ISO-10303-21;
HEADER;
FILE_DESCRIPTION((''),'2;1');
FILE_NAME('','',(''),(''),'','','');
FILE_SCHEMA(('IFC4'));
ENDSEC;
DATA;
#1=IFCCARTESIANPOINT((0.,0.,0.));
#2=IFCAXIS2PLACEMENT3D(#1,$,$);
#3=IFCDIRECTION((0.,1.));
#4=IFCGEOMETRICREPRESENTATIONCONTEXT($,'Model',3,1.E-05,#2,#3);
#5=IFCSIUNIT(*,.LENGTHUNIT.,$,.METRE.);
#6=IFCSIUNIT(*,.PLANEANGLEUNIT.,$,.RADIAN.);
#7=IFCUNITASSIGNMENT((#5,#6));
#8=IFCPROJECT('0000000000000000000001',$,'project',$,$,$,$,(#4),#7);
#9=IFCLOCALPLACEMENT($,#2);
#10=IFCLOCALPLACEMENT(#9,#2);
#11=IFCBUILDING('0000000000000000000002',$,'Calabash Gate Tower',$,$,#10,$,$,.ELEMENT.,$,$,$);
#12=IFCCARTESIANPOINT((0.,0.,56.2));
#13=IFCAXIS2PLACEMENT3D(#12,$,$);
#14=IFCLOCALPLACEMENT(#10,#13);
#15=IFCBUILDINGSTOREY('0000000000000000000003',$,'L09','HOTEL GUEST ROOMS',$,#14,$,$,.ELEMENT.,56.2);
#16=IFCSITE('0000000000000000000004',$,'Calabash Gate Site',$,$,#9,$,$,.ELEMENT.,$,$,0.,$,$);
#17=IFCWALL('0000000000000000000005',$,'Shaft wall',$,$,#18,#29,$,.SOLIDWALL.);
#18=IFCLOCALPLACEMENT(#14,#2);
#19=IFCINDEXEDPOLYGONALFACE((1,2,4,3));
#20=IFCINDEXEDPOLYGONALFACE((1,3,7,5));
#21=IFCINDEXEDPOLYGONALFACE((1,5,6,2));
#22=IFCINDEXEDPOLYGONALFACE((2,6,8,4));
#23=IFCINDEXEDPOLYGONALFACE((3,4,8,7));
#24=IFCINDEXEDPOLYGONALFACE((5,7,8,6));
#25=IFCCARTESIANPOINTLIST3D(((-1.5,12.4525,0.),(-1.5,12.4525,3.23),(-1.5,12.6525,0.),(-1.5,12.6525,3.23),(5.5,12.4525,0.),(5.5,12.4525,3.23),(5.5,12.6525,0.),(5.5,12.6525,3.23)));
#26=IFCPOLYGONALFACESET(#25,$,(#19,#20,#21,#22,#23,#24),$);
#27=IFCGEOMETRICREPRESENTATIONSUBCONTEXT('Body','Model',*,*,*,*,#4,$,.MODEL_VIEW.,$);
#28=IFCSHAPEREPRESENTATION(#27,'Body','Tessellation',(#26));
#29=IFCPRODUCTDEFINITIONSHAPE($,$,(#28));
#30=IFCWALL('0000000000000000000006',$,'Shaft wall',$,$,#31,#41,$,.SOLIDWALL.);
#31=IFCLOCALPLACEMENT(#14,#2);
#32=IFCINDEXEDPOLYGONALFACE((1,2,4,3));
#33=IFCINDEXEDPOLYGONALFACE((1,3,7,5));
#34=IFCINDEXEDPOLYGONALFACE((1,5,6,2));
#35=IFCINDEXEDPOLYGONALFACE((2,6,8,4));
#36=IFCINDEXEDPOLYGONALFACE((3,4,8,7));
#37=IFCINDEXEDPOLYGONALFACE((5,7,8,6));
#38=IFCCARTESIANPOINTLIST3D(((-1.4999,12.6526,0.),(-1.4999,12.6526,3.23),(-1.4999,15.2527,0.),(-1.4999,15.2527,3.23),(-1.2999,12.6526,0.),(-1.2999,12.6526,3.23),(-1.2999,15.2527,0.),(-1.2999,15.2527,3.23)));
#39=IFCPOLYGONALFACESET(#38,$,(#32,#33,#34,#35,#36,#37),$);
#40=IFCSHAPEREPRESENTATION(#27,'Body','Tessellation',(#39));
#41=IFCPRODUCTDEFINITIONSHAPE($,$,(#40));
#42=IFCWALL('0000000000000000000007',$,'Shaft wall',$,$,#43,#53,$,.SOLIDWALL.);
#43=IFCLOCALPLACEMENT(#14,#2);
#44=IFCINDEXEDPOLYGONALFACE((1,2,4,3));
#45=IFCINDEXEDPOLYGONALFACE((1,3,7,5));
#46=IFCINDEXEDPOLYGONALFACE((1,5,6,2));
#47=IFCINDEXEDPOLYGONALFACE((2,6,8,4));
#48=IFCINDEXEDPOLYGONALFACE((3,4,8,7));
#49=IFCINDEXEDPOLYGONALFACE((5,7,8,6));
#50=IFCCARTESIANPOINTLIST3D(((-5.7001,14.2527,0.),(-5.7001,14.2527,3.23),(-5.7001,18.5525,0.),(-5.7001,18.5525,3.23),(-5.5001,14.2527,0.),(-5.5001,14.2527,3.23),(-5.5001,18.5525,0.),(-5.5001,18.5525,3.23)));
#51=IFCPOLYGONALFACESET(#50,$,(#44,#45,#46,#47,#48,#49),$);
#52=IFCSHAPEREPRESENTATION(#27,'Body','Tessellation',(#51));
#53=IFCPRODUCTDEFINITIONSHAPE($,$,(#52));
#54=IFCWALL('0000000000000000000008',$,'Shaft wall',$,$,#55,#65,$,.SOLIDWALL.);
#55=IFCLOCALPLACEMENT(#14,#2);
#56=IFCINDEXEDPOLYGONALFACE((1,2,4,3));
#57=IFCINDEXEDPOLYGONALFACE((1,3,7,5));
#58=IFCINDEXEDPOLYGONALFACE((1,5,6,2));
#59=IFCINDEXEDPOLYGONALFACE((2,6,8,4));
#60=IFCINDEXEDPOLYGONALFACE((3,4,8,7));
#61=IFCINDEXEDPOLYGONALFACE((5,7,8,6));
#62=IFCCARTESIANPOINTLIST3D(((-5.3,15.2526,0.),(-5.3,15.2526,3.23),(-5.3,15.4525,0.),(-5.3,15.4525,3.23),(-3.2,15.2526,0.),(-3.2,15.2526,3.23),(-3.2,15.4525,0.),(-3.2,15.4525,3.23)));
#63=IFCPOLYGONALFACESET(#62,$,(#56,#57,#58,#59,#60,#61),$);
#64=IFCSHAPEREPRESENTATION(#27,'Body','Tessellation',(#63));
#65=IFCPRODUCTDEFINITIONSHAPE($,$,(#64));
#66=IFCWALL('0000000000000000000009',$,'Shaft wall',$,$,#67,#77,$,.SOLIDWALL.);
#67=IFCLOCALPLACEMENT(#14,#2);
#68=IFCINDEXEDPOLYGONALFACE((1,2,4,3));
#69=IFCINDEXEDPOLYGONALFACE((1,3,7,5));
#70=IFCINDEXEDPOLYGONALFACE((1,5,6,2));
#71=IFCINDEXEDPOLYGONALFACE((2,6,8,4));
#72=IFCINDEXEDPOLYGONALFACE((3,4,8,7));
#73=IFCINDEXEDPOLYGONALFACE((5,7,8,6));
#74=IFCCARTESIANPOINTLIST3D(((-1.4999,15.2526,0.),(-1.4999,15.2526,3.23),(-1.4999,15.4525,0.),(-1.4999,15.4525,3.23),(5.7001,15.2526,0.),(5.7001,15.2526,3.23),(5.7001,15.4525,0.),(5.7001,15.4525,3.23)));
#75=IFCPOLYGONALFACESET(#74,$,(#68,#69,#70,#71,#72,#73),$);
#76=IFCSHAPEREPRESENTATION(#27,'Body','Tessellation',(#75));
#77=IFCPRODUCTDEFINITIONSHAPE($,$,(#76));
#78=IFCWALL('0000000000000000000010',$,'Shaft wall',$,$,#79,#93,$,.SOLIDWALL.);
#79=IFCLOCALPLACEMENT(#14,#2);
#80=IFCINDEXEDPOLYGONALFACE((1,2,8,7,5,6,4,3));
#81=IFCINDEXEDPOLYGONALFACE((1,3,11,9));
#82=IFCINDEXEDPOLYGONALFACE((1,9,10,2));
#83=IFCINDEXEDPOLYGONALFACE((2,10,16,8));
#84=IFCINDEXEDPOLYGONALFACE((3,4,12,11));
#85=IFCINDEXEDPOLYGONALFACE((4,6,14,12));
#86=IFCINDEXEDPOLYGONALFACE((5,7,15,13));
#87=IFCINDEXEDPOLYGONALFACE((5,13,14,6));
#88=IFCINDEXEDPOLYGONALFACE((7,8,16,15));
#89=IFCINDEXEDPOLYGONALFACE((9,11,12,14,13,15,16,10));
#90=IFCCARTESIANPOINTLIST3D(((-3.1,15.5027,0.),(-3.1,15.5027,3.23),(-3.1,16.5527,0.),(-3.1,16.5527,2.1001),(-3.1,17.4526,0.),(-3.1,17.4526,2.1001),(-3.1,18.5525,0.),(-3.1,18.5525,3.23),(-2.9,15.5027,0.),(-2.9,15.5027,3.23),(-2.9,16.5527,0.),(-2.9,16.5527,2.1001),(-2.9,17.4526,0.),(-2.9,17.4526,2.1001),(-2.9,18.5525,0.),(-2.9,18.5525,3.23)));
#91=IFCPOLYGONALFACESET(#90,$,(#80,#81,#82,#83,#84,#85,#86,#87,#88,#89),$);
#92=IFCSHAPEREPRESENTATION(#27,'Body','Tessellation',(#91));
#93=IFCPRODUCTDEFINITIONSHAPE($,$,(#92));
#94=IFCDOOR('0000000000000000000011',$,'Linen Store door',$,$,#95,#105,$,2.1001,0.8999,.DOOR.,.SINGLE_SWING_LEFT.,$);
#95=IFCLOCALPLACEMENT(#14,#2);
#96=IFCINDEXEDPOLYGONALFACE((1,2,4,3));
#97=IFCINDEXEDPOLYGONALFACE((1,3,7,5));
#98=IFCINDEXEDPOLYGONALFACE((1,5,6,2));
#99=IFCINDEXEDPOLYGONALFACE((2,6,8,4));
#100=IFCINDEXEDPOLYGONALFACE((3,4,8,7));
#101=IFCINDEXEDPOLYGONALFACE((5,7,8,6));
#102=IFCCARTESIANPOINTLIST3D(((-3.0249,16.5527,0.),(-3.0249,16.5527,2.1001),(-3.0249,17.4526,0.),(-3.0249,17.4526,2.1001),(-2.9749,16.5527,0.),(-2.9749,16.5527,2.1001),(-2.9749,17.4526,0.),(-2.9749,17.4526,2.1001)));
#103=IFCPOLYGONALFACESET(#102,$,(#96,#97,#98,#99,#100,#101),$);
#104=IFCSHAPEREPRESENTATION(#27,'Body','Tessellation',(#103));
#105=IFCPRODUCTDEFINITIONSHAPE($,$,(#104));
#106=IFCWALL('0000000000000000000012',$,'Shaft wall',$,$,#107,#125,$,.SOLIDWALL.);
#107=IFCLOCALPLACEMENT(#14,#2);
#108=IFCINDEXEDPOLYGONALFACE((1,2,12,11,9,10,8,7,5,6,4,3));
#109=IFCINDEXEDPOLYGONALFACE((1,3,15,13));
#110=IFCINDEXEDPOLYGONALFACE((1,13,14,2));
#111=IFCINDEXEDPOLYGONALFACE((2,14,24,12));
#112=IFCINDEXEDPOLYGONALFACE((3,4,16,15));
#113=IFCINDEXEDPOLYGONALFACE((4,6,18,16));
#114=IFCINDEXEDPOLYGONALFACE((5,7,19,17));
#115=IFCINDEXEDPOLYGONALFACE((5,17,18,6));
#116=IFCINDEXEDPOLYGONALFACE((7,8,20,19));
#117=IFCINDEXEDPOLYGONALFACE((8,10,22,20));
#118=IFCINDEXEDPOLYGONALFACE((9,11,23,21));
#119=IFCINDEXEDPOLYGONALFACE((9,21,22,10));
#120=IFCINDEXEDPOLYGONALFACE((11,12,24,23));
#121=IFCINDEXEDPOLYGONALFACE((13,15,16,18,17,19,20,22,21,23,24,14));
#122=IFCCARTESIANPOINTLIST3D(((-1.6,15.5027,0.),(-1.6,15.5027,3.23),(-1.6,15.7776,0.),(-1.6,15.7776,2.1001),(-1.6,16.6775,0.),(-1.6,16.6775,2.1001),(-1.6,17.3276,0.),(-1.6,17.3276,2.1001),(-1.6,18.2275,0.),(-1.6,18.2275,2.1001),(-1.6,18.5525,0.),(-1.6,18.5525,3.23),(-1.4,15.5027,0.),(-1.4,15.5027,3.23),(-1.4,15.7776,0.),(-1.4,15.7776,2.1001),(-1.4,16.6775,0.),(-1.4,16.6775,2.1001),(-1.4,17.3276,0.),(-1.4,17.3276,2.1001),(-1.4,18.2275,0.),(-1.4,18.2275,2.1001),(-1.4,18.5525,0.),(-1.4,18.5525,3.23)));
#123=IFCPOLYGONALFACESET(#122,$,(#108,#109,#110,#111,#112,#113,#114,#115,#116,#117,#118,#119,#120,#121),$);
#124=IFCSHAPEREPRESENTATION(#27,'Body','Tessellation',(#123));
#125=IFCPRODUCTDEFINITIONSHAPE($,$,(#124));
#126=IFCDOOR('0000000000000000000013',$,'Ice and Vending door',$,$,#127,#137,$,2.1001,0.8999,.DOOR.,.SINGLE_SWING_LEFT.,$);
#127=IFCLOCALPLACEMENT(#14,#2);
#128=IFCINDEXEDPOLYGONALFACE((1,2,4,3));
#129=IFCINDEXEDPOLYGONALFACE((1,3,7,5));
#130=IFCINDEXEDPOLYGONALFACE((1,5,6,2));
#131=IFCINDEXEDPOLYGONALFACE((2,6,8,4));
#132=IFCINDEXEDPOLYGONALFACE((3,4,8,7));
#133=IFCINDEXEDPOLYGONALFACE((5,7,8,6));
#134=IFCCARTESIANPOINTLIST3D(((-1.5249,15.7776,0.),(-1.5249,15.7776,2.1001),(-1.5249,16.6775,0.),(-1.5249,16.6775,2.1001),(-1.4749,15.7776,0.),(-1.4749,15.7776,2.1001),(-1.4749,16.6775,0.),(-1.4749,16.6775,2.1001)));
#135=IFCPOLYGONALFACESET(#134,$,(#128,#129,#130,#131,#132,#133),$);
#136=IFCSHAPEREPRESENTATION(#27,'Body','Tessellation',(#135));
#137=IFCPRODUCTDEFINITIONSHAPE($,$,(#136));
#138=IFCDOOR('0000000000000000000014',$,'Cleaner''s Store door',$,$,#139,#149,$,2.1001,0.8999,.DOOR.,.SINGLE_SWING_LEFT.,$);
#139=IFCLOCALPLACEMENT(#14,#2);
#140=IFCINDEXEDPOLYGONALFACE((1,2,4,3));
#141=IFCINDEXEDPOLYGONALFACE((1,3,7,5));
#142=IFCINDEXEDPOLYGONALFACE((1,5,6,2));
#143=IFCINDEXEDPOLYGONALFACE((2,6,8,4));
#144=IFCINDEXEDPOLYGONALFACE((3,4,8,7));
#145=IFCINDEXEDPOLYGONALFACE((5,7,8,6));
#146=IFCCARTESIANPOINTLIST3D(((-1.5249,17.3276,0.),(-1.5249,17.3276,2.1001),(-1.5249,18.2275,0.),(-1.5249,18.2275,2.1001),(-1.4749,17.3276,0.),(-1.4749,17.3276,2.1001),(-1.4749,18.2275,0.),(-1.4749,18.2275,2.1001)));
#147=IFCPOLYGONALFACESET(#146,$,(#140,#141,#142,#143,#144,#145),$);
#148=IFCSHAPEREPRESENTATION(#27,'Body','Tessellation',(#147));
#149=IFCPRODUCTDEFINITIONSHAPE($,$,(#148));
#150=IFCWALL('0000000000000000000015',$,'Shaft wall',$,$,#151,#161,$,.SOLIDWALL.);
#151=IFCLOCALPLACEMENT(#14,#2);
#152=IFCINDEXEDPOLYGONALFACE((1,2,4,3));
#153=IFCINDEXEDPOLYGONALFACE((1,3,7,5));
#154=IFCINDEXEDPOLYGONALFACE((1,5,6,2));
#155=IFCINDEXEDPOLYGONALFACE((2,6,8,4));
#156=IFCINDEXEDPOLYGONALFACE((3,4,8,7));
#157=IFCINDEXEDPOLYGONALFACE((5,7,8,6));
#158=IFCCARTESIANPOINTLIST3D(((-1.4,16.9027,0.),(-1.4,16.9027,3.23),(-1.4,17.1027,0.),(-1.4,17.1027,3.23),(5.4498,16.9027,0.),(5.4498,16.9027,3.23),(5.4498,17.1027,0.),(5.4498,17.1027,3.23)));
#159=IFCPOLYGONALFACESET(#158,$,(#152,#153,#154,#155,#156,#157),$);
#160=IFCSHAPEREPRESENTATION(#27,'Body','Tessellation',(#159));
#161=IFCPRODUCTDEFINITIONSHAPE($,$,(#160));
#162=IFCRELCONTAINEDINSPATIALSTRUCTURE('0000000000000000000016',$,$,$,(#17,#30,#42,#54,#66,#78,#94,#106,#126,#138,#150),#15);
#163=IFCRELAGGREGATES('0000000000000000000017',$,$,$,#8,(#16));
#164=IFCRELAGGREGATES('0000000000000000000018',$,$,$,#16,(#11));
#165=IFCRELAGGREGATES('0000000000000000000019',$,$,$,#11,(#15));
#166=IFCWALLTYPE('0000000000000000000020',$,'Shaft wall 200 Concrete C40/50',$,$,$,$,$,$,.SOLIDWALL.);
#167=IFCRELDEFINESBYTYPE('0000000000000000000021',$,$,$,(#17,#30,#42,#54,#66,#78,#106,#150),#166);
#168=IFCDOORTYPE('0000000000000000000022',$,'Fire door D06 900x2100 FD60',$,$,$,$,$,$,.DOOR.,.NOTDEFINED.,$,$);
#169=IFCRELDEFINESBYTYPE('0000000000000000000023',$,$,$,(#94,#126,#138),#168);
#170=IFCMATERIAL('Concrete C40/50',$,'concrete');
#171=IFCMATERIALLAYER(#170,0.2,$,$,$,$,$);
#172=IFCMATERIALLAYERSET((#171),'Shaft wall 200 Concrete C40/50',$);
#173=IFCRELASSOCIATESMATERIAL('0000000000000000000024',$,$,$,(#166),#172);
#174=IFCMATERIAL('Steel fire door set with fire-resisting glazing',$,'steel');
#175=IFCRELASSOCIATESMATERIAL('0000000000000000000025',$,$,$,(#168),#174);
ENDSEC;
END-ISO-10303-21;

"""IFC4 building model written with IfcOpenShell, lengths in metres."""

from ifc_helpers import new_model, si_unit, direction, frame, frame_2d, origin, place, context, subcontext, project, spatial, rectangle, extrude, material, layer, layer_set, type_object, element, fill, save


model = new_model("IFC4")

# Units and contexts
model_context = context("Model", 3, precision=1e-05, world=origin(), true_north=direction((0.0, 1.0)))
body_context = subcontext(model_context, "Body", "Model", "MODEL_VIEW")
ifc_project = project(units=[si_unit("LENGTHUNIT", "METRE"), si_unit("PLANEANGLEUNIT", "RADIAN")], contexts=[model_context])

# Site, building, storey
site_placement = place(None, origin())
site = spatial("IfcSite", under=ifc_project, at=site_placement, Name="Calabash Gate Site", CompositionType="ELEMENT", RefElevation=0.0)
building_placement = place(site_placement, origin())
building = spatial("IfcBuilding", under=site, at=building_placement, Name="Calabash Gate Tower", CompositionType="ELEMENT")
storey_placement = place(building_placement, frame((0.0, 0.0, 56.2)))
storey = spatial("IfcBuildingStorey", under=building, at=storey_placement, Name="L09", Description="HOTEL GUEST ROOMS", CompositionType="ELEMENT", Elevation=56.2)

# Shared definitions
ifc_material_1 = material(Name="Concrete C40/50", Category="concrete")
ifc_layer_1 = layer(ifc_material_1, 0.2)
ifc_layer_set_1 = layer_set([ifc_layer_1], Name="Shaft wall 200 Concrete C40/50")
wall_type_1 = type_object("IfcWallType", Name="Shaft wall 200 Concrete C40/50", PredefinedType="SOLIDWALL", material=ifc_layer_set_1)

# Shared definitions
ifc_material_2 = material(Name="Steel fire door set with fire-resisting glazing", Category="steel")
door_type_1 = type_object("IfcDoorType", Name="Fire door D06 900x2100 FD60", OperationType="NOTDEFINED", PredefinedType="DOOR", material=ifc_material_2)

# Walls
wall_1_placement = place(storey_placement, frame((-1.5, 12.5525, 0.0), z_axis=(0.0, 0.0, 1.0), x_axis=(1.0, 0.0, 0.0)))
element("IfcWall", 1, at=wall_1_placement, inside=storey, type_object=wall_type_1, Name="Shaft wall", PredefinedType="SOLIDWALL", context=body_context, shape_type="SweptSolid", body=[
    extrude(rectangle(XDim=7.0, YDim=0.2, at=frame_2d((3.5, 0.0))), origin(), (0.0, 0.0, 1.0), 3.23),
])
wall_2_placement = place(storey_placement, frame((-1.3999, 12.6526, 0.0), z_axis=(0.0, 0.0, 1.0), x_axis=(0.0, 1.0, 0.0)))
element("IfcWall", 2, at=wall_2_placement, inside=storey, type_object=wall_type_1, Name="Shaft wall", PredefinedType="SOLIDWALL", context=body_context, shape_type="SweptSolid", body=[
    extrude(rectangle(XDim=2.6001, YDim=0.2, at=frame_2d((1.3, 0.0))), origin(), (0.0, 0.0, 1.0), 3.23),
])
wall_3_placement = place(storey_placement, frame((-5.6001, 14.2527, 0.0), z_axis=(0.0, 0.0, 1.0), x_axis=(0.0, 1.0, 0.0)))
element("IfcWall", 3, at=wall_3_placement, inside=storey, type_object=wall_type_1, Name="Shaft wall", PredefinedType="SOLIDWALL", context=body_context, shape_type="SweptSolid", body=[
    extrude(rectangle(XDim=4.2998, YDim=0.2, at=frame_2d((2.1499, 0.0))), origin(), (0.0, 0.0, 1.0), 3.23),
])
wall_4_placement = place(storey_placement, frame((-5.3, 15.3525, 0.0), z_axis=(0.0, 0.0, 1.0), x_axis=(1.0, 0.0, 0.0)))
element("IfcWall", 4, at=wall_4_placement, inside=storey, type_object=wall_type_1, Name="Shaft wall", PredefinedType="SOLIDWALL", context=body_context, shape_type="SweptSolid", body=[
    extrude(rectangle(XDim=2.1001, YDim=0.2, at=frame_2d((1.05, 0.0))), origin(), (0.0, 0.0, 1.0), 3.23),
])
wall_5_placement = place(storey_placement, frame((-1.5, 15.3525, 0.0), z_axis=(0.0, 0.0, 1.0), x_axis=(1.0, 0.0, 0.0)))
element("IfcWall", 5, at=wall_5_placement, inside=storey, type_object=wall_type_1, Name="Shaft wall", PredefinedType="SOLIDWALL", context=body_context, shape_type="SweptSolid", body=[
    extrude(rectangle(XDim=7.2, YDim=0.2, at=frame_2d((3.6001, 0.0))), origin(), (0.0, 0.0, 1.0), 3.23),
])

# Wall, opening, door
wall_6_placement = place(storey_placement, frame((-3.0, 15.5027, 0.0), z_axis=(0.0, 0.0, 1.0), x_axis=(0.0, 1.0, 0.0)))
wall_6 = element("IfcWall", 6, at=wall_6_placement, inside=storey, type_object=wall_type_1, Name="Shaft wall", PredefinedType="SOLIDWALL", context=body_context, shape_type="SweptSolid", body=[
    extrude(rectangle(XDim=3.0498, YDim=0.2, at=frame_2d((1.5249, 0.0))), origin(), (0.0, 0.0, 1.0), 3.23),
])
opening_1_placement = place(wall_6_placement, frame((1.05, 0.0, 0.0)))
opening_1 = element("IfcOpeningElement", 7, at=opening_1_placement, cuts=wall_6, PredefinedType="OPENING", context=body_context, shape_type="SweptSolid", body=[
    extrude(rectangle(XDim=0.8999, YDim=2.1001, at=frame_2d((0.45, 1.05))), frame((0.0, 0.1099, 0.0), z_axis=(0.0, -1.0, 0.0), x_axis=(1.0, 0.0, 0.0)), (0.0, 0.0, 1.0), 0.22),
])
door_1_placement = place(opening_1_placement, origin())
door_1 = element("IfcDoor", 8, at=door_1_placement, inside=storey, type_object=door_type_1, Name="Linen Store door", OperationType="SINGLE_SWING_LEFT", OverallHeight=2.1001, OverallWidth=0.8999, PredefinedType="DOOR", context=body_context, shape_type="SweptSolid", body=[
    extrude(rectangle(XDim=0.8999, YDim=2.1001, at=frame_2d((0.45, 1.05))), frame((0.0, 0.0249, 0.0), z_axis=(0.0, -1.0, 0.0), x_axis=(1.0, 0.0, 0.0)), (0.0, 0.0, 1.0), 0.05),
])
fill(opening_1, door_1)

# Wall, openings, doors
wall_7_placement = place(storey_placement, frame((-1.5, 15.5027, 0.0), z_axis=(0.0, 0.0, 1.0), x_axis=(0.0, 1.0, 0.0)))
wall_7 = element("IfcWall", 9, at=wall_7_placement, inside=storey, type_object=wall_type_1, Name="Shaft wall", PredefinedType="SOLIDWALL", context=body_context, shape_type="SweptSolid", body=[
    extrude(rectangle(XDim=3.0498, YDim=0.2, at=frame_2d((1.5249, 0.0))), origin(), (0.0, 0.0, 1.0), 3.23),
])
opening_2_placement = place(wall_7_placement, frame((0.2749, 0.0, 0.0)))
opening_2 = element("IfcOpeningElement", 10, at=opening_2_placement, cuts=wall_7, PredefinedType="OPENING", context=body_context, shape_type="SweptSolid", body=[
    extrude(rectangle(XDim=0.8999, YDim=2.1001, at=frame_2d((0.45, 1.05))), frame((0.0, 0.1099, 0.0), z_axis=(0.0, -1.0, 0.0), x_axis=(1.0, 0.0, 0.0)), (0.0, 0.0, 1.0), 0.22),
])
opening_3_placement = place(wall_7_placement, frame((1.825, 0.0, 0.0)))
opening_3 = element("IfcOpeningElement", 11, at=opening_3_placement, cuts=wall_7, PredefinedType="OPENING", context=body_context, shape_type="SweptSolid", body=[
    extrude(rectangle(XDim=0.8999, YDim=2.1001, at=frame_2d((0.45, 1.05))), frame((0.0, 0.1099, 0.0), z_axis=(0.0, -1.0, 0.0), x_axis=(1.0, 0.0, 0.0)), (0.0, 0.0, 1.0), 0.22),
])
door_2_placement = place(opening_2_placement, origin())
door_2 = element("IfcDoor", 12, at=door_2_placement, inside=storey, type_object=door_type_1, Name="Ice and Vending door", OperationType="SINGLE_SWING_LEFT", OverallHeight=2.1001, OverallWidth=0.8999, PredefinedType="DOOR", context=body_context, shape_type="SweptSolid", body=[
    extrude(rectangle(XDim=0.8999, YDim=2.1001, at=frame_2d((0.45, 1.05))), frame((0.0, 0.0249, 0.0), z_axis=(0.0, -1.0, 0.0), x_axis=(1.0, 0.0, 0.0)), (0.0, 0.0, 1.0), 0.05),
])
fill(opening_2, door_2)
door_3_placement = place(opening_3_placement, origin())
door_3 = element("IfcDoor", 13, at=door_3_placement, inside=storey, type_object=door_type_1, Name="Cleaner's Store door", OperationType="SINGLE_SWING_LEFT", OverallHeight=2.1001, OverallWidth=0.8999, PredefinedType="DOOR", context=body_context, shape_type="SweptSolid", body=[
    extrude(rectangle(XDim=0.8999, YDim=2.1001, at=frame_2d((0.45, 1.05))), frame((0.0, 0.0249, 0.0), z_axis=(0.0, -1.0, 0.0), x_axis=(1.0, 0.0, 0.0)), (0.0, 0.0, 1.0), 0.05),
])
fill(opening_3, door_3)

# Wall
wall_8_placement = place(storey_placement, frame((-1.3999, 17.0027, 0.0), z_axis=(0.0, 0.0, 1.0), x_axis=(1.0, 0.0, 0.0)))
element("IfcWall", 14, at=wall_8_placement, inside=storey, type_object=wall_type_1, Name="Shaft wall", PredefinedType="SOLIDWALL", context=body_context, shape_type="SweptSolid", body=[
    extrude(rectangle(XDim=6.8499, YDim=0.2, at=frame_2d((3.4248, 0.0))), origin(), (0.0, 0.0, 1.0), 3.23),
])

save(model, "model.ifc")
